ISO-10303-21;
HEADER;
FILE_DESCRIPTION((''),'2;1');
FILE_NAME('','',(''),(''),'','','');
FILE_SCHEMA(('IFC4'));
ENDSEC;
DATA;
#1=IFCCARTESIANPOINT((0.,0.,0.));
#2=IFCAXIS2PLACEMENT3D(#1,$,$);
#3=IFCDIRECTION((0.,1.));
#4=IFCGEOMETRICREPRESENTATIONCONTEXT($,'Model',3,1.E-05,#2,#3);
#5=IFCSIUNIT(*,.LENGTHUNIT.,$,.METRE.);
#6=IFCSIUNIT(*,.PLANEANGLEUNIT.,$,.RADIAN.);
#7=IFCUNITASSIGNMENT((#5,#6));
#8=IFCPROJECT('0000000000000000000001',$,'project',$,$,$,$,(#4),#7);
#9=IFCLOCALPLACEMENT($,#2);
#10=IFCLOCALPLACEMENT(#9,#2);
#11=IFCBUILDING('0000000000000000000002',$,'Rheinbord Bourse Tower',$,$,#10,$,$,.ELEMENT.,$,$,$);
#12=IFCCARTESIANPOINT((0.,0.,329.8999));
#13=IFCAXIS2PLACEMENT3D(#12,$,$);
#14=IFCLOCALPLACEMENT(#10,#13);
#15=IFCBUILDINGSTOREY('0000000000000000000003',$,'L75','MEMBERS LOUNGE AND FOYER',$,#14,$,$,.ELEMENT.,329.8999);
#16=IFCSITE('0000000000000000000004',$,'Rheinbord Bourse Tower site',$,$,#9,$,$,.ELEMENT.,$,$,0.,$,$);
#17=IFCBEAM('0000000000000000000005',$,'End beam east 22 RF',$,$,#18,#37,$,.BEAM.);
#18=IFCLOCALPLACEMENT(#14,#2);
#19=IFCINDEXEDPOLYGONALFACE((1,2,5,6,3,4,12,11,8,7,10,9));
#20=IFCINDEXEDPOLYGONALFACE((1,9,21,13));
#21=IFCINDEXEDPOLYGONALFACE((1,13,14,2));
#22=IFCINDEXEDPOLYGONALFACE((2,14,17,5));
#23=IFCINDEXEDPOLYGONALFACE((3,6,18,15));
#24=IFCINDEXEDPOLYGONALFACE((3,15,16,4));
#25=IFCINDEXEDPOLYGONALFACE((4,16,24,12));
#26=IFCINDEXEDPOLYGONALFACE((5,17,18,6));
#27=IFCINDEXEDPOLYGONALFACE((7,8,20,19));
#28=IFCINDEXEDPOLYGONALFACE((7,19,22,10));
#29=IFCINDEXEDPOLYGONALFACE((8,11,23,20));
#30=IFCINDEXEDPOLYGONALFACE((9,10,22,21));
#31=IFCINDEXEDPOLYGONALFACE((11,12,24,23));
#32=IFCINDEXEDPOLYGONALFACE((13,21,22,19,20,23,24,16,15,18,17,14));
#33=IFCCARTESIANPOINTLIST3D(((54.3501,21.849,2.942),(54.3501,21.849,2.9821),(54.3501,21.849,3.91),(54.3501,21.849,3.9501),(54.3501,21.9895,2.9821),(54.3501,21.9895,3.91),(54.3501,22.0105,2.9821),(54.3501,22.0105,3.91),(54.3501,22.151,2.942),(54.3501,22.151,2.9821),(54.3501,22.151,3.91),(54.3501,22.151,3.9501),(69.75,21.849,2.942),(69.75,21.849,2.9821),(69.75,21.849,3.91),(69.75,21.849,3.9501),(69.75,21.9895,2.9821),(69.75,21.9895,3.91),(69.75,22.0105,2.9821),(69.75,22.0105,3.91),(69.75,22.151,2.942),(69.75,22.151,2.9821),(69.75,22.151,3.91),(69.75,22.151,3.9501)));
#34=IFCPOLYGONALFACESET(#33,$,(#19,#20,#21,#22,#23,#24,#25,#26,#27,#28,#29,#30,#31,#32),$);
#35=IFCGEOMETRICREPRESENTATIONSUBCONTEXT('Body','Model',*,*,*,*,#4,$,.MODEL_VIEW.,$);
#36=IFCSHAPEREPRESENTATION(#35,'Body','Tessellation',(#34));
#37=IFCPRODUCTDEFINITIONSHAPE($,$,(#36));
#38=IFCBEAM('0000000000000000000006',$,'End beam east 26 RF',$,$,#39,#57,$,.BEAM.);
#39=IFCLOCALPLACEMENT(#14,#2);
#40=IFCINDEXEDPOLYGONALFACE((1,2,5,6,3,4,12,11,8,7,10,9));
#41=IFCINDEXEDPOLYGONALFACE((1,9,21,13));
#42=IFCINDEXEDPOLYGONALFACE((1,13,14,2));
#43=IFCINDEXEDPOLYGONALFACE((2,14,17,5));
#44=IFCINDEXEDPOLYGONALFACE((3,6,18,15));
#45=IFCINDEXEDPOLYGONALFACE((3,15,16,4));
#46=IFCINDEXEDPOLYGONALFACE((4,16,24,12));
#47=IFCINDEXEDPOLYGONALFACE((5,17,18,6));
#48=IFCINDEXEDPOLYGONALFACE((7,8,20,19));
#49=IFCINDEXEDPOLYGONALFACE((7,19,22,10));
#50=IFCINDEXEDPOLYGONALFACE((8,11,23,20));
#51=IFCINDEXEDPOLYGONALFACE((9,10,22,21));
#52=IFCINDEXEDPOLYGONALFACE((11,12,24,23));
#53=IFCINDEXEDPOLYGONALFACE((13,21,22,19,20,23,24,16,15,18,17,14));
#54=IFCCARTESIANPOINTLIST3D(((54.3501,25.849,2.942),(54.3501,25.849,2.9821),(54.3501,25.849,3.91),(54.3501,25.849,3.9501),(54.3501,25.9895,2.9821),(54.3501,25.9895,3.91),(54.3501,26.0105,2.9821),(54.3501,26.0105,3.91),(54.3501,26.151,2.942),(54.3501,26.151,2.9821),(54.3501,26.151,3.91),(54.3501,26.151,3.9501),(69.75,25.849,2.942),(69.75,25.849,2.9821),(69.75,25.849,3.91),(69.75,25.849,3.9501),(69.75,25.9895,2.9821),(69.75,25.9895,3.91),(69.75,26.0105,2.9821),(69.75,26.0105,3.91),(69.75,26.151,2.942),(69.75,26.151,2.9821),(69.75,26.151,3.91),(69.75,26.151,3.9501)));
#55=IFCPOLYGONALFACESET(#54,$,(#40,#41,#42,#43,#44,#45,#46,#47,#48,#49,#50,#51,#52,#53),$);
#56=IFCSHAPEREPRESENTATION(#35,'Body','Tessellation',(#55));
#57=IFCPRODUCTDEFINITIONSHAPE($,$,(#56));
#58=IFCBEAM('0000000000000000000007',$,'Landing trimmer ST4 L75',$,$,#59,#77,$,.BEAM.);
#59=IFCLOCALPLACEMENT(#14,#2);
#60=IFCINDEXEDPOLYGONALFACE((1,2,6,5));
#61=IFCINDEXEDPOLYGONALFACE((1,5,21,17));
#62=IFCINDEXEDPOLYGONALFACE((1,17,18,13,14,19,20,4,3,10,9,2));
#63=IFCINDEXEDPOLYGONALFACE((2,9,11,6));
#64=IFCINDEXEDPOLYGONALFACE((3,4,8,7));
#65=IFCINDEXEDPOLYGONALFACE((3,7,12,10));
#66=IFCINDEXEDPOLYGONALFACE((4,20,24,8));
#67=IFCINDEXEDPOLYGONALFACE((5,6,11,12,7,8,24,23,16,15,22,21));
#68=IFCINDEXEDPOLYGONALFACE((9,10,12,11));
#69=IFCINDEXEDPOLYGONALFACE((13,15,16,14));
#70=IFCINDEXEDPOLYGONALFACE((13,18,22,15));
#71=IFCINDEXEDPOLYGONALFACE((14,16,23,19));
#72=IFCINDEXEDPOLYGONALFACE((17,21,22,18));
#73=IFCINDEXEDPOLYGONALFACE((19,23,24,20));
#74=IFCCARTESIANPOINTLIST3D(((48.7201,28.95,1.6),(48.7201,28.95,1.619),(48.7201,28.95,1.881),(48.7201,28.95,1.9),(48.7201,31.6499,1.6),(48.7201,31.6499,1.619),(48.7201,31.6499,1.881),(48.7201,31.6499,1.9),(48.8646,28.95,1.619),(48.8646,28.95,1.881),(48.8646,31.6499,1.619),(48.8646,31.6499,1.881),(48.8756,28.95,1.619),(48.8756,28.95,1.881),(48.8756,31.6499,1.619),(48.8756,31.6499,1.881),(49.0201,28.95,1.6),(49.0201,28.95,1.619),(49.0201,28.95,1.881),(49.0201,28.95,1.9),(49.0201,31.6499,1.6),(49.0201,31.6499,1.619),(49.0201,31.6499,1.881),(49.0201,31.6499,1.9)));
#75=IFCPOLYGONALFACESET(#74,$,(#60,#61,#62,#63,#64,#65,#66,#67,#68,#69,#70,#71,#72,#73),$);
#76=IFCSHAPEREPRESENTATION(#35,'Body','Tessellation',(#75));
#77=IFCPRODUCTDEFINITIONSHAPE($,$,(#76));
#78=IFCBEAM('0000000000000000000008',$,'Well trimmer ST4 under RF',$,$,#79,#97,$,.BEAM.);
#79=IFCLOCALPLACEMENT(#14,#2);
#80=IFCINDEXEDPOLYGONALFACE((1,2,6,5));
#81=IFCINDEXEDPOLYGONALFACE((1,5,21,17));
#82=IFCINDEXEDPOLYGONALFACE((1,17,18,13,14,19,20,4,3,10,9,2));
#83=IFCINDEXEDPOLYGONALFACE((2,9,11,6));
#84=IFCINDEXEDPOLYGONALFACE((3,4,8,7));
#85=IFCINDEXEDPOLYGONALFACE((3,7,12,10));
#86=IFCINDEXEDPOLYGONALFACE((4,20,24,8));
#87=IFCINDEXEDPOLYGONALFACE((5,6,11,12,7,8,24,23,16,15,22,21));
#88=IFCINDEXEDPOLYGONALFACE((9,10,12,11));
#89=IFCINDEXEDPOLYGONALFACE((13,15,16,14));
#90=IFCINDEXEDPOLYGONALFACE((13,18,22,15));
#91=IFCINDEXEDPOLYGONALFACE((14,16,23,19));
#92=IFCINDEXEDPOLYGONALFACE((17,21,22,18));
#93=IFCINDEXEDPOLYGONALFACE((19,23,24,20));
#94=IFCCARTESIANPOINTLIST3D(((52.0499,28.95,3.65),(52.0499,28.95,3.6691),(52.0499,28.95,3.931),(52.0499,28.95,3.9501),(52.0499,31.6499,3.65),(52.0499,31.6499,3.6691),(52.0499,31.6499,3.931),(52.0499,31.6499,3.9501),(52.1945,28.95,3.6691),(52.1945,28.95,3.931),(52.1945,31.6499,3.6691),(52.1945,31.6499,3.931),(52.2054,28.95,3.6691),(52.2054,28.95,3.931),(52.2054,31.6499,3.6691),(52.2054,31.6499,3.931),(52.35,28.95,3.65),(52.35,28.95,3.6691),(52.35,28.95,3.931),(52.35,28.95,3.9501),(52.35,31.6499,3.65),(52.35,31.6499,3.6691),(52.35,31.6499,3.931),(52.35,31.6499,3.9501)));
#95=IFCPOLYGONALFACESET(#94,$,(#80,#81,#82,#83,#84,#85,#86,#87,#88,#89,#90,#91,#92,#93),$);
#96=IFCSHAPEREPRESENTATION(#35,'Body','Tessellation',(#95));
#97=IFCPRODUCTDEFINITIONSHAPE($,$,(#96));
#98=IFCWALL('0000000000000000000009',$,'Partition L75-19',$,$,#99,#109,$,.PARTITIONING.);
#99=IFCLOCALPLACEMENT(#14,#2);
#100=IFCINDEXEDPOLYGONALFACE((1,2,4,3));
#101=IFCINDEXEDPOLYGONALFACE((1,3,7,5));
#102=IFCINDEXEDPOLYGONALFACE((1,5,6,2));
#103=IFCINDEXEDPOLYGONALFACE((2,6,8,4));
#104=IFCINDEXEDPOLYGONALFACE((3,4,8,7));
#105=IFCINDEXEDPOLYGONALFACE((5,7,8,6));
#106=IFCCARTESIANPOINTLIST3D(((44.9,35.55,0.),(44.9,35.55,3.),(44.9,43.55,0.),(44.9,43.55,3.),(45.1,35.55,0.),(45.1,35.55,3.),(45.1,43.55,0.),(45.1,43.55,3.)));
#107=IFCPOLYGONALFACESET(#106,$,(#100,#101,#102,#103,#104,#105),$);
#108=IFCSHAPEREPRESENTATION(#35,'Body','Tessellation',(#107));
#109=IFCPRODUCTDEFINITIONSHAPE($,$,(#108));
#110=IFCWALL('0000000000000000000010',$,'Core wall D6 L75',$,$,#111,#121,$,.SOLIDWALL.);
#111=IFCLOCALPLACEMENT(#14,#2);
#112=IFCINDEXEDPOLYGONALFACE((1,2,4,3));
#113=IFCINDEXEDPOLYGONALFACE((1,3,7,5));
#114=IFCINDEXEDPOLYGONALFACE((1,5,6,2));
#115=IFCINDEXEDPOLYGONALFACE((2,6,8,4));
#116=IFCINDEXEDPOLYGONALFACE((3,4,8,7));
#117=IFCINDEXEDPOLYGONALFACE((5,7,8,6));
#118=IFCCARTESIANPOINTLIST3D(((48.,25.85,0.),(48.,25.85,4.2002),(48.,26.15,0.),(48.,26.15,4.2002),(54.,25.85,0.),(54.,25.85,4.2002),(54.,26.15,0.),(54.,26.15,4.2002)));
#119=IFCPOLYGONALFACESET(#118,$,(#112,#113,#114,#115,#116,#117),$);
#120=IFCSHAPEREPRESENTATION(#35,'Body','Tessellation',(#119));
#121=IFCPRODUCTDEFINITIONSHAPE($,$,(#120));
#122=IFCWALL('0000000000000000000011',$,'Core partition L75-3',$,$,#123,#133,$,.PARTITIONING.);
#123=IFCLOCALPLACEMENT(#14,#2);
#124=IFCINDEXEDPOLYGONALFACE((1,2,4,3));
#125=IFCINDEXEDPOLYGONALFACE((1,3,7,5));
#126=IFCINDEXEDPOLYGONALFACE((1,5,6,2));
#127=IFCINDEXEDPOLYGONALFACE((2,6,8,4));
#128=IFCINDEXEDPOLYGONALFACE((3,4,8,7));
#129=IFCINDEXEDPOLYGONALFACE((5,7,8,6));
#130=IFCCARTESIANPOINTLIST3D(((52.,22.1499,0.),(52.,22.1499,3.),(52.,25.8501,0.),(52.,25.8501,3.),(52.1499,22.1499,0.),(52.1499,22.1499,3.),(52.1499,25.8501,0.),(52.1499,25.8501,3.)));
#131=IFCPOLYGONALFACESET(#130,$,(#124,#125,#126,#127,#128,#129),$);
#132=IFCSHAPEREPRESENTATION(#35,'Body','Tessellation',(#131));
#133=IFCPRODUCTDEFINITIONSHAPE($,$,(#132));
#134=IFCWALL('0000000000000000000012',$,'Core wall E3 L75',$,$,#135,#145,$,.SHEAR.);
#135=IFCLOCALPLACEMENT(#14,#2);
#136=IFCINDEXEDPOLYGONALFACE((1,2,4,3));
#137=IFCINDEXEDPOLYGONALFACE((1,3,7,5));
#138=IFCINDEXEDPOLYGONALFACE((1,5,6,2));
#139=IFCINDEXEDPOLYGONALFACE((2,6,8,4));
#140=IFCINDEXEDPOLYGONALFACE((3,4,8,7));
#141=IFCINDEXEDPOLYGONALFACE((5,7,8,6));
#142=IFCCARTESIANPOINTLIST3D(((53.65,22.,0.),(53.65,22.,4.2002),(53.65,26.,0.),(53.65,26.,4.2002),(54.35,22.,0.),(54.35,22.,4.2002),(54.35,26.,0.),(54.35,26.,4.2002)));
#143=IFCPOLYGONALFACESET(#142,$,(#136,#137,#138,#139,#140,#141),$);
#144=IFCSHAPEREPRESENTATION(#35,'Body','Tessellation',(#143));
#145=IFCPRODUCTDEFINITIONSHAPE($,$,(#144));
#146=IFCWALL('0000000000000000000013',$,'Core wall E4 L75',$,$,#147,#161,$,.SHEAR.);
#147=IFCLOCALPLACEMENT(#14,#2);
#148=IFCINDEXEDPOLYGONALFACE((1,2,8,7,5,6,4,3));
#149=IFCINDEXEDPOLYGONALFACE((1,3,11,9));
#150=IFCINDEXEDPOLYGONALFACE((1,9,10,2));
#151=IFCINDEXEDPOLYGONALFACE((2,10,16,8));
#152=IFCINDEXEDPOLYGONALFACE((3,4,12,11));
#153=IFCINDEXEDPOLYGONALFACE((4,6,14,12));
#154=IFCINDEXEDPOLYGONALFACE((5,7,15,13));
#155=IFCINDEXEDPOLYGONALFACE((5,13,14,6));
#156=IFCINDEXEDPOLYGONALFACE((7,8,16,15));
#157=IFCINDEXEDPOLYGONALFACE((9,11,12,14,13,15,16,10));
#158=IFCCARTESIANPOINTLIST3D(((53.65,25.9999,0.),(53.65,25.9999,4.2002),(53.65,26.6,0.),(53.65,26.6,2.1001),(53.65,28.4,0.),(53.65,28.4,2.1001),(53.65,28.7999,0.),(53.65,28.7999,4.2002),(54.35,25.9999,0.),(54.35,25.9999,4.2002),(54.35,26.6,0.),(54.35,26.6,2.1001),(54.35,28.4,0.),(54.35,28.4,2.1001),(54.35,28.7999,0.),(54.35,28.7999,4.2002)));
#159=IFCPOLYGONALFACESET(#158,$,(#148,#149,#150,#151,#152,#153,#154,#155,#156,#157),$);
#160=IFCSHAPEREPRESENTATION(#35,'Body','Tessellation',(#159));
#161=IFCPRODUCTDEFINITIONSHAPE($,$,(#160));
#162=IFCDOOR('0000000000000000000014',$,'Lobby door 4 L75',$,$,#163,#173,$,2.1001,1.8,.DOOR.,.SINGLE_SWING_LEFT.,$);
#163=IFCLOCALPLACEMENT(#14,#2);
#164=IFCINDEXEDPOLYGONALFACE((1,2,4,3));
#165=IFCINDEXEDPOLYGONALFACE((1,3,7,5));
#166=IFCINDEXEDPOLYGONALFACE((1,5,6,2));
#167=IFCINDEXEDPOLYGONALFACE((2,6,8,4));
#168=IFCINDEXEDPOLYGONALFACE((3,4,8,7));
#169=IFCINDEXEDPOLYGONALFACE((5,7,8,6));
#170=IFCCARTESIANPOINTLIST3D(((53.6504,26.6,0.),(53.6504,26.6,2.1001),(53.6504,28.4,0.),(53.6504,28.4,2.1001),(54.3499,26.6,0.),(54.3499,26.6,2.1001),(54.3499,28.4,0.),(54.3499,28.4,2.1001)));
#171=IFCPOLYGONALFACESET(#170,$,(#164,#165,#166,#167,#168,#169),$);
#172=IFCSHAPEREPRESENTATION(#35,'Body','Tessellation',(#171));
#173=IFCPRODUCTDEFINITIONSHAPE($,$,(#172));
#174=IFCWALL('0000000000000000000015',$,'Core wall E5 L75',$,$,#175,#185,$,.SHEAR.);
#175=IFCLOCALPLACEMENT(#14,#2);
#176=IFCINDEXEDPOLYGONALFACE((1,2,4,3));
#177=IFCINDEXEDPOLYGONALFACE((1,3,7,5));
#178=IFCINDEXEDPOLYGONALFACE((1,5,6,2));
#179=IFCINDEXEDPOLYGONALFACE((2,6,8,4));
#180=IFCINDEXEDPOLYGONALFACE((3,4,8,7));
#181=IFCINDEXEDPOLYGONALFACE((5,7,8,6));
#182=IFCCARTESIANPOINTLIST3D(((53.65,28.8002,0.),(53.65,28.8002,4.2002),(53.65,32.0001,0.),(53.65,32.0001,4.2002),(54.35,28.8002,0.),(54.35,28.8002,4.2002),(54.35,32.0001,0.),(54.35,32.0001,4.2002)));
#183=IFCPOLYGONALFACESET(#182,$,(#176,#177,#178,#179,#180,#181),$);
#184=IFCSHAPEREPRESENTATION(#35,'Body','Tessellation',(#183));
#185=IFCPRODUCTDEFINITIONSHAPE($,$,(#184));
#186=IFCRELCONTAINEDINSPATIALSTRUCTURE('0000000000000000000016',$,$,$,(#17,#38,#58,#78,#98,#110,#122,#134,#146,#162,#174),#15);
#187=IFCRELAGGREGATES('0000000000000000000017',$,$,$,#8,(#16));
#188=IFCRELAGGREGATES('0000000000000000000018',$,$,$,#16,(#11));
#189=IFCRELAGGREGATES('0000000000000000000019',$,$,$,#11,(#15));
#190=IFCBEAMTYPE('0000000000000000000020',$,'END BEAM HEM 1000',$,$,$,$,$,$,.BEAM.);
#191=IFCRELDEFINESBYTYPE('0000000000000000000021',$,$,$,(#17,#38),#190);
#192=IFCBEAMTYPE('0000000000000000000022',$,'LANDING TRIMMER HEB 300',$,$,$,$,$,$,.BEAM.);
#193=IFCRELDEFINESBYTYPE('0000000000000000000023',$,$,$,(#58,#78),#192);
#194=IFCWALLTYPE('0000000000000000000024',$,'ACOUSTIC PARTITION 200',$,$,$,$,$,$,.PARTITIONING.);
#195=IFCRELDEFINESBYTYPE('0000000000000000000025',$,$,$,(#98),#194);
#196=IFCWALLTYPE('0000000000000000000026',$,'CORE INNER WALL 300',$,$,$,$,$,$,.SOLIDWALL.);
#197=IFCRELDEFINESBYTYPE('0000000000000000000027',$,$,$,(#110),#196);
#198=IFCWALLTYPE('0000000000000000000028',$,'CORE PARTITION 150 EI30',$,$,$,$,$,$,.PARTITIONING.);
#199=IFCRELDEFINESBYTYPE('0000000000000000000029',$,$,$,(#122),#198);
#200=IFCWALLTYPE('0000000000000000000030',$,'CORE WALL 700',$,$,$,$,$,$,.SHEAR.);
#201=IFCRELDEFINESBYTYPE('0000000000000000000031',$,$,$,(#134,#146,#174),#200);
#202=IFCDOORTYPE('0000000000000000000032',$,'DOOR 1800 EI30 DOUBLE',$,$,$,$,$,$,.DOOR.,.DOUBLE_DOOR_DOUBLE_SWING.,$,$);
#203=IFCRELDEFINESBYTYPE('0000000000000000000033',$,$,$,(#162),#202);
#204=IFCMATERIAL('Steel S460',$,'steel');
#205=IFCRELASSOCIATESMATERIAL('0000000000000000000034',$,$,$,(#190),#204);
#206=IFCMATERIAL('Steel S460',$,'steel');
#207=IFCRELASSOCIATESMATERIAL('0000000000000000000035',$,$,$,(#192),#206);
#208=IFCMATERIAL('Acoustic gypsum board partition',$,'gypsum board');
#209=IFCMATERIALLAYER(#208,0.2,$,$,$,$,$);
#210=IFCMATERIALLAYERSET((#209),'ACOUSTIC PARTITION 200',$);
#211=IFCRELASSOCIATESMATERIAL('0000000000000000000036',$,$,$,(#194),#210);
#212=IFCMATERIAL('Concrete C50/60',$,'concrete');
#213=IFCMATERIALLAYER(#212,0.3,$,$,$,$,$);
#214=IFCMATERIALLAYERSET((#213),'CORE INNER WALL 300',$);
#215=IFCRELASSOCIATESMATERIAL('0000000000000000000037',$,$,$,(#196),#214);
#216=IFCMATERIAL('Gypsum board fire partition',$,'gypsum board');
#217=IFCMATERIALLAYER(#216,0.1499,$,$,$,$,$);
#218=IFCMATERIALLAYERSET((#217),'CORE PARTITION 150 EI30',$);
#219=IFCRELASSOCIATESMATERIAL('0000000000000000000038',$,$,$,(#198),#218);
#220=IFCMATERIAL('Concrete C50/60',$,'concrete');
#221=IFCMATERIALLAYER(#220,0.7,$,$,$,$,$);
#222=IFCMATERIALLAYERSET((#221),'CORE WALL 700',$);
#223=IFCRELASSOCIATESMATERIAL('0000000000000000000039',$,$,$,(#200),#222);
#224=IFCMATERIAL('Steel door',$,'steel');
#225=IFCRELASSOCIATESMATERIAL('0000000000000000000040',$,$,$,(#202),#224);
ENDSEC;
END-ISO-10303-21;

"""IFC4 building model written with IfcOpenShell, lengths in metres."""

from ifc_helpers import new_model, si_unit, direction, frame, frame_2d, origin, origin_2d, place, context, subcontext, project, spatial, rectangle, i_section, extrude, material, layer, layer_set, material_profile, profile_set, type_object, element, fill, save


model = new_model("IFC4")

# Units and contexts
model_context = context("Model", 3, precision=1e-05, world=origin(), true_north=direction((0.0, 1.0)))
body_context = subcontext(model_context, "Body", "Model", "MODEL_VIEW")
ifc_project = project(units=[si_unit("LENGTHUNIT", "METRE"), si_unit("PLANEANGLEUNIT", "RADIAN")], contexts=[model_context])

# Site, building, storey
site_placement = place(None, origin())
site = spatial("IfcSite", under=ifc_project, at=site_placement, Name="Rheinbord Bourse Tower site", CompositionType="ELEMENT", RefElevation=0.0)
building_placement = place(site_placement, origin())
building = spatial("IfcBuilding", under=site, at=building_placement, Name="Rheinbord Bourse Tower", CompositionType="ELEMENT")
storey_placement = place(building_placement, frame((0.0, 0.0, 329.8999)))
storey = spatial("IfcBuildingStorey", under=building, at=storey_placement, Name="L75", Description="MEMBERS LOUNGE AND FOYER", CompositionType="ELEMENT", Elevation=329.8999)

# Beams
ifc_material_1 = material(Name="Steel S460", Category="steel")
ifc_material_profile_1 = material_profile(ifc_material_1, i_section(OverallWidth=0.302, OverallDepth=1.0081, WebThickness=0.021, FlangeThickness=0.04, at=origin_2d()), Name="HEM 1000")
ifc_profile_set_1 = profile_set([ifc_material_profile_1], Name="Steel S460")
beam_type_1 = type_object("IfcBeamType", Name="END BEAM HEM 1000", PredefinedType="BEAM", material=ifc_profile_set_1)
for number, where, z_axis, x_axis, name in (
    (1, (54.3501, 22.0, 3.446), (1.0, 0.0, 0.0), (0.0, 1.0, 0.0), "End beam east 22 RF"),
    (2, (54.3501, 26.0, 3.446), (1.0, 0.0, 0.0), (0.0, 1.0, 0.0), "End beam east 26 RF"),
):
    element("IfcBeam", number, at=place(storey_placement, frame(where, z_axis=z_axis, x_axis=x_axis)), inside=storey, type_object=beam_type_1, Name=name, PredefinedType="BEAM", context=body_context, shape_type="SweptSolid", body=[
        extrude(i_section(OverallWidth=0.302, OverallDepth=1.0081, WebThickness=0.021, FlangeThickness=0.04, at=origin_2d()), origin(), (0.0, 0.0, 1.0), 15.3999),
    ])
ifc_material_2 = material(Name="Steel S460", Category="steel")
ifc_material_profile_2 = material_profile(ifc_material_2, i_section(OverallWidth=0.3, OverallDepth=0.3, WebThickness=0.011, FlangeThickness=0.019, at=origin_2d()), Name="HEB 300")
ifc_profile_set_2 = profile_set([ifc_material_profile_2], Name="Steel S460")
beam_type_2 = type_object("IfcBeamType", Name="LANDING TRIMMER HEB 300", PredefinedType="BEAM", material=ifc_profile_set_2)
for number, where, z_axis, x_axis, name in (
    (3, (48.8701, 28.95, 1.75), (0.0, 1.0, 0.0), (-1.0, 0.0, 0.0), "Landing trimmer ST4 L75"),
    (4, (52.2, 28.95, 3.8), (0.0, 1.0, 0.0), (-1.0, 0.0, 0.0), "Well trimmer ST4 under RF"),
):
    element("IfcBeam", number, at=place(storey_placement, frame(where, z_axis=z_axis, x_axis=x_axis)), inside=storey, type_object=beam_type_2, Name=name, PredefinedType="BEAM", context=body_context, shape_type="SweptSolid", body=[
        extrude(i_section(OverallWidth=0.3, OverallDepth=0.3, WebThickness=0.011, FlangeThickness=0.019, at=origin_2d()), origin(), (0.0, 0.0, 1.0), 2.7),
    ])

# Walls
ifc_material_3 = material(Name="Acoustic gypsum board partition", Category="gypsum board")
ifc_layer_1 = layer(ifc_material_3, 0.2)
ifc_layer_set_1 = layer_set([ifc_layer_1], Name="ACOUSTIC PARTITION 200")
wall_type_1 = type_object("IfcWallType", Name="ACOUSTIC PARTITION 200", PredefinedType="PARTITIONING", material=ifc_layer_set_1)
wall_1_placement = place(storey_placement, frame((45.0, 35.55, 0.0), z_axis=(0.0, 0.0, 1.0), x_axis=(0.0, 1.0, 0.0)))
element("IfcWall", 5, at=wall_1_placement, inside=storey, type_object=wall_type_1, Name="Partition L75-19", PredefinedType="PARTITIONING", context=body_context, shape_type="SweptSolid", body=[
    extrude(rectangle(XDim=8.0, YDim=0.2, at=frame_2d((4.0, 0.0))), origin(), (0.0, 0.0, 1.0), 3.0),
])
ifc_material_4 = material(Name="Concrete C50/60", Category="concrete")
ifc_layer_2 = layer(ifc_material_4, 0.3)
ifc_layer_set_2 = layer_set([ifc_layer_2], Name="CORE INNER WALL 300")
wall_type_2 = type_object("IfcWallType", Name="CORE INNER WALL 300", PredefinedType="SOLIDWALL", material=ifc_layer_set_2)
wall_2_placement = place(storey_placement, frame((48.0, 26.0, 0.0), z_axis=(0.0, 0.0, 1.0), x_axis=(1.0, 0.0, 0.0)))
element("IfcWall", 6, at=wall_2_placement, inside=storey, type_object=wall_type_2, Name="Core wall D6 L75", PredefinedType="SOLIDWALL", context=body_context, shape_type="SweptSolid", body=[
    extrude(rectangle(XDim=6.0, YDim=0.3, at=frame_2d((3.0, 0.0))), origin(), (0.0, 0.0, 1.0), 4.2002),
])
ifc_material_5 = material(Name="Gypsum board fire partition", Category="gypsum board")
ifc_layer_3 = layer(ifc_material_5, 0.1499)
ifc_layer_set_3 = layer_set([ifc_layer_3], Name="CORE PARTITION 150 EI30")
wall_type_3 = type_object("IfcWallType", Name="CORE PARTITION 150 EI30", PredefinedType="PARTITIONING", material=ifc_layer_set_3)
wall_3_placement = place(storey_placement, frame((52.075, 22.1499, 0.0), z_axis=(0.0, 0.0, 1.0), x_axis=(0.0, 1.0, 0.0)))
element("IfcWall", 7, at=wall_3_placement, inside=storey, type_object=wall_type_3, Name="Core partition L75-3", PredefinedType="PARTITIONING", context=body_context, shape_type="SweptSolid", body=[
    extrude(rectangle(XDim=3.7002, YDim=0.1499, at=frame_2d((1.8501, 0.0))), origin(), (0.0, 0.0, 1.0), 3.0),
])
ifc_material_6 = material(Name="Concrete C50/60", Category="concrete")
ifc_layer_4 = layer(ifc_material_6, 0.7)
ifc_layer_set_4 = layer_set([ifc_layer_4], Name="CORE WALL 700")
wall_type_4 = type_object("IfcWallType", Name="CORE WALL 700", PredefinedType="SHEAR", material=ifc_layer_set_4)
wall_4_placement = place(storey_placement, frame((54.0, 22.0, 0.0), z_axis=(0.0, 0.0, 1.0), x_axis=(0.0, 1.0, 0.0)))
element("IfcWall", 8, at=wall_4_placement, inside=storey, type_object=wall_type_4, Name="Core wall E3 L75", PredefinedType="SHEAR", context=body_context, shape_type="SweptSolid", body=[
    extrude(rectangle(XDim=4.0, YDim=0.7, at=frame_2d((2.0, 0.0))), origin(), (0.0, 0.0, 1.0), 4.2002),
])

# Wall, opening, door
wall_5_placement = place(storey_placement, frame((54.0, 26.0, 0.0), z_axis=(0.0, 0.0, 1.0), x_axis=(0.0, 1.0, 0.0)))
wall_5 = element("IfcWall", 9, at=wall_5_placement, inside=storey, type_object=wall_type_4, Name="Core wall E4 L75", PredefinedType="SHEAR", context=body_context, shape_type="SweptSolid", body=[
    extrude(rectangle(XDim=2.8, YDim=0.7, at=frame_2d((1.3999, 0.0))), origin(), (0.0, 0.0, 1.0), 4.2002),
])
opening_1_placement = place(wall_5_placement, frame((0.6001, 0.0, 0.0)))
opening_1 = element("IfcOpeningElement", 10, at=opening_1_placement, cuts=wall_5, PredefinedType="OPENING", context=body_context, shape_type="SweptSolid", body=[
    extrude(rectangle(XDim=1.8, YDim=2.1001, at=frame_2d((0.8999, 1.05))), frame((0.0, 0.3599, 0.0), z_axis=(0.0, -1.0, 0.0), x_axis=(1.0, 0.0, 0.0)), (0.0, 0.0, 1.0), 0.72),
])
ifc_material_7 = material(Name="Steel door", Category="steel")
door_type_1 = type_object("IfcDoorType", Name="DOOR 1800 EI30 DOUBLE", OperationType="DOUBLE_DOOR_DOUBLE_SWING", PredefinedType="DOOR", material=ifc_material_7)
door_1_placement = place(opening_1_placement, origin())
door_1 = element("IfcDoor", 11, at=door_1_placement, inside=storey, type_object=door_type_1, Name="Lobby door 4 L75", OperationType="SINGLE_SWING_LEFT", OverallHeight=2.1001, OverallWidth=1.8, PredefinedType="DOOR", context=body_context, shape_type="SweptSolid", body=[
    extrude(rectangle(XDim=1.8, YDim=2.1001, at=frame_2d((0.8999, 1.05))), frame((0.0, 0.3496, 0.0), z_axis=(0.0, -1.0, 0.0), x_axis=(1.0, 0.0, 0.0)), (0.0, 0.0, 1.0), 0.6995),
])
fill(opening_1, door_1)

# Wall
wall_6_placement = place(storey_placement, frame((54.0, 28.8, 0.0), z_axis=(0.0, 0.0, 1.0), x_axis=(0.0, 1.0, 0.0)))
element("IfcWall", 12, at=wall_6_placement, inside=storey, type_object=wall_type_4, Name="Core wall E5 L75", PredefinedType="SHEAR", context=body_context, shape_type="SweptSolid", body=[
    extrude(rectangle(XDim=3.2, YDim=0.7, at=frame_2d((1.6001, 0.0))), origin(), (0.0, 0.0, 1.0), 4.2002),
])

save(model, "model.ifc")
